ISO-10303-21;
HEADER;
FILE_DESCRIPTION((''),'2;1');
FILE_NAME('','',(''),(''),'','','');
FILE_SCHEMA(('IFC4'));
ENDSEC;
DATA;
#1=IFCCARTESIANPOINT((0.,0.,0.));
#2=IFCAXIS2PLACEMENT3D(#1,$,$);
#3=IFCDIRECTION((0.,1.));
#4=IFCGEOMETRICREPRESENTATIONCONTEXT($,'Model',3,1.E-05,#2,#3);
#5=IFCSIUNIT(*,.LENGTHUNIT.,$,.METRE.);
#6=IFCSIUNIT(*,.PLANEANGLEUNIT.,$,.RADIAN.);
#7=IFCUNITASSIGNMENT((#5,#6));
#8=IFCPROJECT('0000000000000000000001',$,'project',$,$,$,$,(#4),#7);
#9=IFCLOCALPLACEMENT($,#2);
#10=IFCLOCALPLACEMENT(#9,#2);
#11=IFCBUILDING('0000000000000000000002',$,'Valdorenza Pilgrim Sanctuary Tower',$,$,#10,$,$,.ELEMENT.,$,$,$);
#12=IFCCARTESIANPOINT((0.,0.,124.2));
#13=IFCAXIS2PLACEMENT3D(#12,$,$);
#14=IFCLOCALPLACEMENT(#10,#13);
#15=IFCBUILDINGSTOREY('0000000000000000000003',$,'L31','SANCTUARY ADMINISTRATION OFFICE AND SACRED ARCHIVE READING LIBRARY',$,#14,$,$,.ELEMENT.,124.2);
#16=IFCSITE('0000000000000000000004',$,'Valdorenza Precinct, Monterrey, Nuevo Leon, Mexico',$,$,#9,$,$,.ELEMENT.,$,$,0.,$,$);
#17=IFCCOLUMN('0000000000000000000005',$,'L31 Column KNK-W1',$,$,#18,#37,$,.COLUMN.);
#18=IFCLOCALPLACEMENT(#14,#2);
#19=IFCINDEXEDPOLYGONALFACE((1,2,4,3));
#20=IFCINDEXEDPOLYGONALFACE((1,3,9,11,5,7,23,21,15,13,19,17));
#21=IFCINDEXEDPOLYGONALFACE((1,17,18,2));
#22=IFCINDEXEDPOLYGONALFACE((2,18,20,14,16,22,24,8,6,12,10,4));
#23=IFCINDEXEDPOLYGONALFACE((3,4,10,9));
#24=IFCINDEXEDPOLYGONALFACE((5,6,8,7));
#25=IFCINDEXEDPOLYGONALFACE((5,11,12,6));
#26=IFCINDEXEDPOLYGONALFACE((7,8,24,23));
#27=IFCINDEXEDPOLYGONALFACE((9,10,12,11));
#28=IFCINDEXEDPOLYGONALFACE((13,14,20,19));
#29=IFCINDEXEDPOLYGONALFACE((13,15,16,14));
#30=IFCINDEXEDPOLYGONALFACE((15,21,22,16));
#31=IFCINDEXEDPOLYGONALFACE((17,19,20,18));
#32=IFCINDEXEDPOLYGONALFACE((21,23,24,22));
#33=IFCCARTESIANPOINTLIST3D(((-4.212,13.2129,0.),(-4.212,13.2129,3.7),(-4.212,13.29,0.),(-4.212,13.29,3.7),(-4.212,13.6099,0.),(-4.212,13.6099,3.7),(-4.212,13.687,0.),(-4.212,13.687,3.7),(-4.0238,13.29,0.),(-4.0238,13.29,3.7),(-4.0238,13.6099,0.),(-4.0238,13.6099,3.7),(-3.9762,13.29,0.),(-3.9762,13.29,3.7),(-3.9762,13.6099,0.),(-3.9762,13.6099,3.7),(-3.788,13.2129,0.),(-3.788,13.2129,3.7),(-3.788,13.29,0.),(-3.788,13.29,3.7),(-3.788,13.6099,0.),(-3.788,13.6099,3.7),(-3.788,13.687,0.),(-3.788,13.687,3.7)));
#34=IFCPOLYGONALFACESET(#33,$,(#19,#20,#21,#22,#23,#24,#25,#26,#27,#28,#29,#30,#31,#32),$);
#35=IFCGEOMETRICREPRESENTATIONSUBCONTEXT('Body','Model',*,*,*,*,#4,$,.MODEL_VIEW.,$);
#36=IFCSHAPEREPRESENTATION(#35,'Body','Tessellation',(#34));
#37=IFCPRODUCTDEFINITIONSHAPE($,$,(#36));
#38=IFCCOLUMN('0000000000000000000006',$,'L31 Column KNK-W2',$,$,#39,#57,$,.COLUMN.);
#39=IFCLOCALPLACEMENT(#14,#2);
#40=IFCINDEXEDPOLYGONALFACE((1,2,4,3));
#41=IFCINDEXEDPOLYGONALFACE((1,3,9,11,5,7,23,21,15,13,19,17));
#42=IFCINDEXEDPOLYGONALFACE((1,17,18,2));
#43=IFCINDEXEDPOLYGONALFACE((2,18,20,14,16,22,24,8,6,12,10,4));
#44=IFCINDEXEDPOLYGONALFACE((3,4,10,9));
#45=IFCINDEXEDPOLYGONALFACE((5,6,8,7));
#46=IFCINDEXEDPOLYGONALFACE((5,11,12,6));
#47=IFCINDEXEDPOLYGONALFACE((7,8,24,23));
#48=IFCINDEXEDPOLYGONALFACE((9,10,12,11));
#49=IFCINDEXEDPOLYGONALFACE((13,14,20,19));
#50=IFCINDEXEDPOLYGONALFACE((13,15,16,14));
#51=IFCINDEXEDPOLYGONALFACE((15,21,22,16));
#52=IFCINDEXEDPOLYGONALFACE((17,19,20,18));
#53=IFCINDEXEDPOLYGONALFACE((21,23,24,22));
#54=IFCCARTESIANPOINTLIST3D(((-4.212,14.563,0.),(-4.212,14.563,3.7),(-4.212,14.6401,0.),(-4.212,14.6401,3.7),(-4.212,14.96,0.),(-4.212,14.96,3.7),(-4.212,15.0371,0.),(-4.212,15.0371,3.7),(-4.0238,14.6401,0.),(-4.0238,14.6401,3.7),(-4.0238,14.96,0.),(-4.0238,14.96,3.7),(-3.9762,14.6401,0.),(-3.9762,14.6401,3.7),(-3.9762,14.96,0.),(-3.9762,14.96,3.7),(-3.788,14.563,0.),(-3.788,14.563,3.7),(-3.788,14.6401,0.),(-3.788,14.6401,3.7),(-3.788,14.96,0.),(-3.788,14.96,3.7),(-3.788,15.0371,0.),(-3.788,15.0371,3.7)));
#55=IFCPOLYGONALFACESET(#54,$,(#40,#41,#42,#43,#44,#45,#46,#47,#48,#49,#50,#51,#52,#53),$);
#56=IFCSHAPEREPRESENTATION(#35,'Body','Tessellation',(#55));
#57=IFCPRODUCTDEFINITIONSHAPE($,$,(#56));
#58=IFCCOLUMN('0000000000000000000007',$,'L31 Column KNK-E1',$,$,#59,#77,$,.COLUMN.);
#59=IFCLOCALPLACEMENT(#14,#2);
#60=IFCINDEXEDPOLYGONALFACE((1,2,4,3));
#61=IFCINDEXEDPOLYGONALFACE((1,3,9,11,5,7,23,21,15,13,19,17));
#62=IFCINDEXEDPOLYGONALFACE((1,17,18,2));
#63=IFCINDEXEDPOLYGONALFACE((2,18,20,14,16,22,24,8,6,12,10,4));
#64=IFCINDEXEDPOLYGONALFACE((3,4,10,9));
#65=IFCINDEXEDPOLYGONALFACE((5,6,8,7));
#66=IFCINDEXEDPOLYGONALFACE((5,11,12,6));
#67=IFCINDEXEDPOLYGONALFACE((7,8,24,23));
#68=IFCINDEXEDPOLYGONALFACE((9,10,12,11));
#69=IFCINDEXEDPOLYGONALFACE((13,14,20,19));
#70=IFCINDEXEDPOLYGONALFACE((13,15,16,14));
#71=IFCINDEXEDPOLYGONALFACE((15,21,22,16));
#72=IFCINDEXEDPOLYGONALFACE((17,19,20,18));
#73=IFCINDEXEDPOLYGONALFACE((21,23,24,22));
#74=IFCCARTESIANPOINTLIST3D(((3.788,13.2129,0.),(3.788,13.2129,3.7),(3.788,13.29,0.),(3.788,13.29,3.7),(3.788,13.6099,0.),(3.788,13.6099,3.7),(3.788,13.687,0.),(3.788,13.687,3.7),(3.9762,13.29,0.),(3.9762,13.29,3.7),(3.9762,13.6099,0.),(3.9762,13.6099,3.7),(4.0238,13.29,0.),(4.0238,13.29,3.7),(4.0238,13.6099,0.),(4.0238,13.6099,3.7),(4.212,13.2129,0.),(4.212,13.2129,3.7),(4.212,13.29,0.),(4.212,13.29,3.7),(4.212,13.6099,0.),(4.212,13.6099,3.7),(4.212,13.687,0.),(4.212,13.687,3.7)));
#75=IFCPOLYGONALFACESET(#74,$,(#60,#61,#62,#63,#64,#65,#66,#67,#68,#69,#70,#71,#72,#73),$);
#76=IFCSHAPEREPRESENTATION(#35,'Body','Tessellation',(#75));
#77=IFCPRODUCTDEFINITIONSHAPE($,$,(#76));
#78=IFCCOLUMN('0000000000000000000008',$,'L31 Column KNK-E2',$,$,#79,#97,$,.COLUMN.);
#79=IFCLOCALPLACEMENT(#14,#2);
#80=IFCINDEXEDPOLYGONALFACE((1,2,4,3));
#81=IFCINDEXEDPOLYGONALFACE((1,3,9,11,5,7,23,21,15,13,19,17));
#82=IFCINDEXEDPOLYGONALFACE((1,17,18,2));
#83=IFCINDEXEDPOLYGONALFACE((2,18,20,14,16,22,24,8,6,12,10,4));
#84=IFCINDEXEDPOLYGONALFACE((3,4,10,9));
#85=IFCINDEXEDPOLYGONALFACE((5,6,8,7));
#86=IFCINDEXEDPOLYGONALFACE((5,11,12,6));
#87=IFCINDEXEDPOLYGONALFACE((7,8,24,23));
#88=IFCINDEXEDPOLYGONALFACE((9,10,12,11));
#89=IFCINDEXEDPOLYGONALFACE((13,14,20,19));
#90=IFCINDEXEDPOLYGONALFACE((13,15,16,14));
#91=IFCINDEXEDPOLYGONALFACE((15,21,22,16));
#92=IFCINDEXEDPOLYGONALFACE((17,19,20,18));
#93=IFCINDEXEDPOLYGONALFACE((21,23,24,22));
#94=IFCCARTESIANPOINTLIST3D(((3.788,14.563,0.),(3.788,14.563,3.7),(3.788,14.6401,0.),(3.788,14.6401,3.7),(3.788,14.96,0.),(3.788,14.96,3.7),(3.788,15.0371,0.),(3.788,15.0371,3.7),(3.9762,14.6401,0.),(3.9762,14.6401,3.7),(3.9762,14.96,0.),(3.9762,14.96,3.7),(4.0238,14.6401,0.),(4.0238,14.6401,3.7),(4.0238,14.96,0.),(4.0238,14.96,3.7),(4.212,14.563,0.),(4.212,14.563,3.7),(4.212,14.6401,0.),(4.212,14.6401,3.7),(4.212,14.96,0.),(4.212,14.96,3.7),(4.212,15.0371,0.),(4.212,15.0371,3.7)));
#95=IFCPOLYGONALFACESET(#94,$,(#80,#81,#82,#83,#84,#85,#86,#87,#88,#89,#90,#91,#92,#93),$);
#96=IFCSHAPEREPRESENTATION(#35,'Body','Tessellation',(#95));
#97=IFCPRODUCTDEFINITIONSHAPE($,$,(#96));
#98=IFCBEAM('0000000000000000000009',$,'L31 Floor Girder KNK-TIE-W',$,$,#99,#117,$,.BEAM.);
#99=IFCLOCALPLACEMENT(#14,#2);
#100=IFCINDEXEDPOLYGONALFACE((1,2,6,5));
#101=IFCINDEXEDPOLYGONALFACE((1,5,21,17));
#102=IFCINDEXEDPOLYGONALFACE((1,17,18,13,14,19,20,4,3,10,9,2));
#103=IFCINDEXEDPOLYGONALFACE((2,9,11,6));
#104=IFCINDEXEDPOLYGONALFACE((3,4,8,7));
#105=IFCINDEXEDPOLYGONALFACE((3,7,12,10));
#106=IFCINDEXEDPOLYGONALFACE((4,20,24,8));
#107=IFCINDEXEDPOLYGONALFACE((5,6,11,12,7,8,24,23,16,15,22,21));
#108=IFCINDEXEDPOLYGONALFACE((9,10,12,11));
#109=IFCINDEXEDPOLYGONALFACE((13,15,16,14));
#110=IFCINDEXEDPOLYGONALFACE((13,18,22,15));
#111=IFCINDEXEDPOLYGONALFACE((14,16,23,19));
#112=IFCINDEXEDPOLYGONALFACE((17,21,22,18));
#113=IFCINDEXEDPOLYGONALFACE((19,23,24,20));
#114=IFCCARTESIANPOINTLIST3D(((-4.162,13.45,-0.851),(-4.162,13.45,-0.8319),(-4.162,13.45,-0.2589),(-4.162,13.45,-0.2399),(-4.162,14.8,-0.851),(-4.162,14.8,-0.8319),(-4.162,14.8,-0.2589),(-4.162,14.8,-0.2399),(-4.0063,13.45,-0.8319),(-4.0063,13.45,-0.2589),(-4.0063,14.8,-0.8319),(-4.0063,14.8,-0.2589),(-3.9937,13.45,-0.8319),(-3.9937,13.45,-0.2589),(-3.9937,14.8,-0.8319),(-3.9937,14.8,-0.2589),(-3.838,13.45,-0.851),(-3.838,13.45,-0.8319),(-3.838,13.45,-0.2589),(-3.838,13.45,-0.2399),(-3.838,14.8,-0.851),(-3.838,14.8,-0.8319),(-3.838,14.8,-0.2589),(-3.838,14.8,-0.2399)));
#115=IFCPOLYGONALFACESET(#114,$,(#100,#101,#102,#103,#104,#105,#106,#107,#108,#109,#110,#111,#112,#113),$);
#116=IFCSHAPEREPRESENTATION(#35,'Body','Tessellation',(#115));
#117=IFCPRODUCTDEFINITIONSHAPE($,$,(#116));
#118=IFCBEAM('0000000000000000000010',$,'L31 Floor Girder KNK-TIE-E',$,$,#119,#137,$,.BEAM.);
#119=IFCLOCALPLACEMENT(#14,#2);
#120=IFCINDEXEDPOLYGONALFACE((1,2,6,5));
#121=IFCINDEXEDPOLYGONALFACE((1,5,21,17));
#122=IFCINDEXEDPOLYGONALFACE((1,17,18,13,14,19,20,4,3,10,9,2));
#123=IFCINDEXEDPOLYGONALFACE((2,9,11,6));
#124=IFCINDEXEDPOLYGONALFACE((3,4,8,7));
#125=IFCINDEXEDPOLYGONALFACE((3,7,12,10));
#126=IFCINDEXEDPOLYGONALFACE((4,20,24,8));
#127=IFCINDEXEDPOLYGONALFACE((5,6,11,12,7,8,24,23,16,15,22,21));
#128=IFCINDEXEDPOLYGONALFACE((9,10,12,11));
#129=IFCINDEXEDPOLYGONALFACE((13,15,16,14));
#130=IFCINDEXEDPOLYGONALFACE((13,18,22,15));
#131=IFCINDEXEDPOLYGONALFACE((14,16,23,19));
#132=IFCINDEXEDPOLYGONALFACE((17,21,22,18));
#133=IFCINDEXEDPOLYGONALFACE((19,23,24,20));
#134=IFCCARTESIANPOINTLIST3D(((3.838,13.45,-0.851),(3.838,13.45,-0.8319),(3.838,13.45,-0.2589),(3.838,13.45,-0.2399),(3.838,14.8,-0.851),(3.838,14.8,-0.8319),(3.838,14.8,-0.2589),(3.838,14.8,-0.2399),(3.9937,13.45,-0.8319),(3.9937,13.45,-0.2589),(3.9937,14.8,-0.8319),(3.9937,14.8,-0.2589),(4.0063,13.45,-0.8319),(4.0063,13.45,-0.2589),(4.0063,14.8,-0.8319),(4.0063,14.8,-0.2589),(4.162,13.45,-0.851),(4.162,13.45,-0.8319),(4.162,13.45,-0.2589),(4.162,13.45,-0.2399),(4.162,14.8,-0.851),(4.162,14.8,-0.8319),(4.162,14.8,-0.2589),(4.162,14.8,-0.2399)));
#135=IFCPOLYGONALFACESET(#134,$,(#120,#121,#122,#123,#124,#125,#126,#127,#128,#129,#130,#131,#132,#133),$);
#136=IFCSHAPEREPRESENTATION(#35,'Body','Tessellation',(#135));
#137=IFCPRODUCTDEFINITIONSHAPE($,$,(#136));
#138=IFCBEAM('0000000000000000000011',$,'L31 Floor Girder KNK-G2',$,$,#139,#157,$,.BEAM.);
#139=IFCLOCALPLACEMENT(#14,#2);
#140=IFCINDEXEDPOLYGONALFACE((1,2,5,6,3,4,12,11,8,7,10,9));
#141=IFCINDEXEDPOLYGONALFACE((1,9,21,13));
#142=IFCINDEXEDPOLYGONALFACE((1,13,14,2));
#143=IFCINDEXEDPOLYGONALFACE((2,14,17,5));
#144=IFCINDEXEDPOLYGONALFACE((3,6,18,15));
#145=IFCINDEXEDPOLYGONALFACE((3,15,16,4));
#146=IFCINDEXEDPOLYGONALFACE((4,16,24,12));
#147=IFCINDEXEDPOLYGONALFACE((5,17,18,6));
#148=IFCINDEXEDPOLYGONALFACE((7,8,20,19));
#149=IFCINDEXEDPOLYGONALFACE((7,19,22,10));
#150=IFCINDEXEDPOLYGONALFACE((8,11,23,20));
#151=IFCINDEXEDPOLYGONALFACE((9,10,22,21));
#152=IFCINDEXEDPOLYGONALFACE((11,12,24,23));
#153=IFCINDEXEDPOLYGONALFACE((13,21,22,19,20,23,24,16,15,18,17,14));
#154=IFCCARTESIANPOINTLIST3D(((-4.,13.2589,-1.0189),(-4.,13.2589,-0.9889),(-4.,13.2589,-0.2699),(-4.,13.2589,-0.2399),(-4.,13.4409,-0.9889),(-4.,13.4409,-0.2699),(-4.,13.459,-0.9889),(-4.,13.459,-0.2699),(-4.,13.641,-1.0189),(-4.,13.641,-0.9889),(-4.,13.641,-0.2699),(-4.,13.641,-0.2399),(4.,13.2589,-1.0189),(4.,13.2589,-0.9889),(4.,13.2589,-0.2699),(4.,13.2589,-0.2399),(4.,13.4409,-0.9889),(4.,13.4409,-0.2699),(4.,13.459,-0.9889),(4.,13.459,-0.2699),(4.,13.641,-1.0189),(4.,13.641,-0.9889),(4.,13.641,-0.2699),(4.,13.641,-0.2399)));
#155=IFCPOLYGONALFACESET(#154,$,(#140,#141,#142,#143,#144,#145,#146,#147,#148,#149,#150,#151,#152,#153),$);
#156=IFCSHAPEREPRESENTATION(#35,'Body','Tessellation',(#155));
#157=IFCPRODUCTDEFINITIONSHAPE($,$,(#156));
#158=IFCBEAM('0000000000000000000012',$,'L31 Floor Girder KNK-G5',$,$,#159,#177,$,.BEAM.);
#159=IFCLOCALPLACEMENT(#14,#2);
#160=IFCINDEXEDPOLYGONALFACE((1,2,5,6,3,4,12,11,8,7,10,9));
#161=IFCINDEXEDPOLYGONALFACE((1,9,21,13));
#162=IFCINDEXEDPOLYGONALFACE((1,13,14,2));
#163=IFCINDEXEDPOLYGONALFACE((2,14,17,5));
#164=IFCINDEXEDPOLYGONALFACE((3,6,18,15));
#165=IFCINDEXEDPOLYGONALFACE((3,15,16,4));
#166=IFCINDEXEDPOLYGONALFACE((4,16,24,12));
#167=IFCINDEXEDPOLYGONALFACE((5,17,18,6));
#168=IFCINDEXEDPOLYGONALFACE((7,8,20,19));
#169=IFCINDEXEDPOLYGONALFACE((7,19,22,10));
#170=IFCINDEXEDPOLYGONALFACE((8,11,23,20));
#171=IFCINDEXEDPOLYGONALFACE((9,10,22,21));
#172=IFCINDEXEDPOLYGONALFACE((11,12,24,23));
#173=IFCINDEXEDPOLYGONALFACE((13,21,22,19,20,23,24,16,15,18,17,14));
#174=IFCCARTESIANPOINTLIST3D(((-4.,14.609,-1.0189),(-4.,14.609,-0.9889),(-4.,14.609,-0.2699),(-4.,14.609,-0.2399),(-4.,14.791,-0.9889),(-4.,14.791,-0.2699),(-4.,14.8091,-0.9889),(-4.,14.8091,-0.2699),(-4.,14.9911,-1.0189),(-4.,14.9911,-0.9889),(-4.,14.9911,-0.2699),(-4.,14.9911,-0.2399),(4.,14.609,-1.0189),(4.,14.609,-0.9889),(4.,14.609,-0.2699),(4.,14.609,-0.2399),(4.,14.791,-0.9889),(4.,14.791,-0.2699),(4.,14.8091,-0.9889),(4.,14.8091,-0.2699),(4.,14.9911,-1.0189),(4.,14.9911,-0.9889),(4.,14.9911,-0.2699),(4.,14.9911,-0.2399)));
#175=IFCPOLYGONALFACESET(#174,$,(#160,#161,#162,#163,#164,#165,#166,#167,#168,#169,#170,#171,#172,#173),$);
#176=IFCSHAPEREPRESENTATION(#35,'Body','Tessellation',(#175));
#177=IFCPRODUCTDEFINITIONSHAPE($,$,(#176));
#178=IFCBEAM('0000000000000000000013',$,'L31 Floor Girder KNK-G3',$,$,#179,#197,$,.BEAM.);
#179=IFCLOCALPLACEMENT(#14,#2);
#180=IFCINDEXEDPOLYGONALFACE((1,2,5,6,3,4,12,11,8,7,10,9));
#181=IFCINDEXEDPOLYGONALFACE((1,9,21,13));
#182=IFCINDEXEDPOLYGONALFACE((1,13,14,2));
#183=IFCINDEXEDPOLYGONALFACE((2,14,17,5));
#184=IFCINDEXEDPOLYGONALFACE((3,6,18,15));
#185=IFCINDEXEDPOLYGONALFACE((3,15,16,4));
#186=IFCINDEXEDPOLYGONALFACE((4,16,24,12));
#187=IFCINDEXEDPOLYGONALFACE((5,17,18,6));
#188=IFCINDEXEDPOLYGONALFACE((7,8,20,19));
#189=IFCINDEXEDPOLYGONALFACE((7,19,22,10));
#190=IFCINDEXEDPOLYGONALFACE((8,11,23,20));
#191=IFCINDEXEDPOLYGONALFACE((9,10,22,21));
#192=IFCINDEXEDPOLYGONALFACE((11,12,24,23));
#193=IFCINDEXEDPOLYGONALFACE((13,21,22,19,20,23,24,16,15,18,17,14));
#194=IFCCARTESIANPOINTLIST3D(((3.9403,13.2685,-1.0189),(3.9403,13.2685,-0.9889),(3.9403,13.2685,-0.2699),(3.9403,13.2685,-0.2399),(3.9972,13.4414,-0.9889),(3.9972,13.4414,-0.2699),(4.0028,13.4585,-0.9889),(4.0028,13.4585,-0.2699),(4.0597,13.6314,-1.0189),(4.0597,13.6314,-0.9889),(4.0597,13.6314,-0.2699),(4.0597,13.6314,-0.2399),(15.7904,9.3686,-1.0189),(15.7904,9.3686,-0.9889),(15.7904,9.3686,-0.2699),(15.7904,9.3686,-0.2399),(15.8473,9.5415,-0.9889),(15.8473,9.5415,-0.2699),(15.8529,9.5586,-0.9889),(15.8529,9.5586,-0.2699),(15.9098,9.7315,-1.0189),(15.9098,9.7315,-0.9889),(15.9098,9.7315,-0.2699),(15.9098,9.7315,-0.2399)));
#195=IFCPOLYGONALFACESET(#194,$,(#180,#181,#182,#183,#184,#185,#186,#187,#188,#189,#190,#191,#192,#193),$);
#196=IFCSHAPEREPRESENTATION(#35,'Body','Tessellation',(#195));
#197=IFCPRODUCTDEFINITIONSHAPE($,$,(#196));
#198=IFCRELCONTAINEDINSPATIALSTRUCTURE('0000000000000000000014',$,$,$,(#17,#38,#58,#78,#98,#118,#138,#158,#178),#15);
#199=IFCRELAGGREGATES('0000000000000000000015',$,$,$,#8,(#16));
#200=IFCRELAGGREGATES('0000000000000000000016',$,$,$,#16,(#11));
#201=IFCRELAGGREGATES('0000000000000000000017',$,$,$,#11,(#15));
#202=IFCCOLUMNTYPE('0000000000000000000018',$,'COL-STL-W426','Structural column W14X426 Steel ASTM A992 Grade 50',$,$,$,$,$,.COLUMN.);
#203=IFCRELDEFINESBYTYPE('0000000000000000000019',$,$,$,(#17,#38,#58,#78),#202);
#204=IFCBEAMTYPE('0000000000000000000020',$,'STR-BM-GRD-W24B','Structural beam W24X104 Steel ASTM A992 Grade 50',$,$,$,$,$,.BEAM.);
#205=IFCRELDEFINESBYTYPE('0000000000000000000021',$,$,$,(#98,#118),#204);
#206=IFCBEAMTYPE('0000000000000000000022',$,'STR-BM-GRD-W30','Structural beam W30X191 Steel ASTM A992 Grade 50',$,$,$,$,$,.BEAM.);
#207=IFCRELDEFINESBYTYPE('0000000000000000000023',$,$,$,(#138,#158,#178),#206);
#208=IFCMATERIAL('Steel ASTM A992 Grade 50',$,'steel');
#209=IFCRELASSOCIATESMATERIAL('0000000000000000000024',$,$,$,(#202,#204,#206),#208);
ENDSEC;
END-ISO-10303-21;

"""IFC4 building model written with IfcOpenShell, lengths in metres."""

from ifc_helpers import new_model, si_unit, direction, frame, origin, origin_2d, place, context, subcontext, project, spatial, i_section, extrude, source, transform, mapped, material, material_profile, profile_set, type_object, element, save


model = new_model("IFC4")

# Units and contexts
model_context = context("Model", 3, precision=1e-05, world=origin(), true_north=direction((0.0, 1.0)))
body_context = subcontext(model_context, "Body", "Model", "MODEL_VIEW")
ifc_project = project(units=[si_unit("LENGTHUNIT", "METRE"), si_unit("PLANEANGLEUNIT", "RADIAN")], contexts=[model_context])

# Site, building, storey
site_placement = place(None, origin())
site = spatial("IfcSite", under=ifc_project, at=site_placement, Name="Valdorenza Precinct, Monterrey, Nuevo Leon, Mexico", CompositionType="ELEMENT", RefElevation=0.0)
building_placement = place(site_placement, origin())
building = spatial("IfcBuilding", under=site, at=building_placement, Name="Valdorenza Pilgrim Sanctuary Tower", CompositionType="ELEMENT")
storey_placement = place(building_placement, frame((0.0, 0.0, 124.2)))
storey = spatial("IfcBuildingStorey", under=building, at=storey_placement, Name="L31", Description="SANCTUARY ADMINISTRATION OFFICE AND SACRED ARCHIVE READING LIBRARY", CompositionType="ELEMENT", Elevation=124.2)

# Columns
ifc_material_1 = material(Name="Steel ASTM A992 Grade 50", Category="steel")
ifc_material_profile_1 = material_profile(ifc_material_1, i_section(OverallWidth=0.4241, OverallDepth=0.4741, WebThickness=0.0476, FlangeThickness=0.0771, at=origin_2d()), Name="W14X426")
ifc_profile_set_1 = profile_set([ifc_material_profile_1], Name="Steel ASTM A992 Grade 50")
column_type = type_object("IfcColumnType", Name="COL-STL-W426", Description="Structural column W14X426 Steel ASTM A992 Grade 50", PredefinedType="COLUMN", material=ifc_profile_set_1)
shared_shape_1 = source(origin(), body_context, "Body", "SweptSolid", [
    extrude(i_section(OverallWidth=0.4241, OverallDepth=0.4741, WebThickness=0.0476, FlangeThickness=0.0771, at=origin_2d()), origin(), (0.0, 0.0, 1.0), 3.7),
])
for number, where, z_axis, x_axis, name in (
    (1, (-4.0, 13.45, 0.0), (0.0, 0.0, 1.0), (1.0, 0.0, 0.0), "L31 Column KNK-W1"),
    (2, (-4.0, 14.8, 0.0), (0.0, 0.0, 1.0), (1.0, 0.0, 0.0), "L31 Column KNK-W2"),
    (3, (4.0, 13.45, 0.0), (0.0, 0.0, 1.0), (1.0, 0.0, 0.0), "L31 Column KNK-E1"),
    (4, (4.0, 14.8, 0.0), (0.0, 0.0, 1.0), (1.0, 0.0, 0.0), "L31 Column KNK-E2"),
):
    element("IfcColumn", number, at=place(storey_placement, frame(where, z_axis=z_axis, x_axis=x_axis)), inside=storey, type_object=column_type, Name=name, PredefinedType="COLUMN", context=body_context, shape_type="MappedRepresentation", body=[
        mapped(shared_shape_1, transform((0.0, 0.0, 0.0), x_axis=(1.0, 0.0, 0.0), y_axis=(0.0, 1.0, 0.0), z_axis=(0.0, 0.0, 1.0), scale=1.0)),
    ])

# Beams
ifc_material_profile_2 = material_profile(ifc_material_1, i_section(OverallWidth=0.324, OverallDepth=0.6111, WebThickness=0.0127, FlangeThickness=0.019, at=origin_2d()), Name="W24X104")
ifc_profile_set_2 = profile_set([ifc_material_profile_2], Name="Steel ASTM A992 Grade 50")
beam_type_1 = type_object("IfcBeamType", Name="STR-BM-GRD-W24B", Description="Structural beam W24X104 Steel ASTM A992 Grade 50", PredefinedType="BEAM", material=ifc_profile_set_2)
shared_shape_2 = source(origin(), body_context, "Body", "SweptSolid", [
    extrude(i_section(OverallWidth=0.324, OverallDepth=0.6111, WebThickness=0.0127, FlangeThickness=0.019, at=origin_2d()), origin(), (0.0, 0.0, 1.0), 1.3501),
])
for number, where, z_axis, x_axis, name in (
    (5, (-4.0, 13.45, -0.5454), (0.0, 1.0, 0.0), (-1.0, 0.0, 0.0), "L31 Floor Girder KNK-TIE-W"),
    (6, (4.0, 13.45, -0.5454), (0.0, 1.0, 0.0), (-1.0, 0.0, 0.0), "L31 Floor Girder KNK-TIE-E"),
):
    element("IfcBeam", number, at=place(storey_placement, frame(where, z_axis=z_axis, x_axis=x_axis)), inside=storey, type_object=beam_type_1, Name=name, PredefinedType="BEAM", context=body_context, shape_type="MappedRepresentation", body=[
        mapped(shared_shape_2, transform((0.0, 0.0, 0.0), x_axis=(1.0, 0.0, 0.0), y_axis=(0.0, 1.0, 0.0), z_axis=(0.0, 0.0, 1.0), scale=1.0)),
    ])
ifc_material_profile_3 = material_profile(ifc_material_1, i_section(OverallWidth=0.3821, OverallDepth=0.7791, WebThickness=0.0181, FlangeThickness=0.03, at=origin_2d()), Name="W30X191")
ifc_profile_set_3 = profile_set([ifc_material_profile_3], Name="Steel ASTM A992 Grade 50")
beam_type_2 = type_object("IfcBeamType", Name="STR-BM-GRD-W30", Description="Structural beam W30X191 Steel ASTM A992 Grade 50", PredefinedType="BEAM", material=ifc_profile_set_3)
shared_shape_3 = source(origin(), body_context, "Body", "SweptSolid", [
    extrude(i_section(OverallWidth=0.3821, OverallDepth=0.7791, WebThickness=0.0181, FlangeThickness=0.03, at=origin_2d()), origin(), (0.0, 0.0, 1.0), 8.0),
])
for number, where, z_axis, x_axis, name in (
    (7, (-4.0, 13.45, -0.6294), (1.0, 0.0, 0.0), (0.0, 1.0, 0.0), "L31 Floor Girder KNK-G2"),
    (8, (-4.0, 14.8, -0.6294), (1.0, 0.0, 0.0), (0.0, 1.0, 0.0), "L31 Floor Girder KNK-G5"),
):
    element("IfcBeam", number, at=place(storey_placement, frame(where, z_axis=z_axis, x_axis=x_axis)), inside=storey, type_object=beam_type_2, Name=name, PredefinedType="BEAM", context=body_context, shape_type="MappedRepresentation", body=[
        mapped(shared_shape_3, transform((0.0, 0.0, 0.0), x_axis=(1.0, 0.0, 0.0), y_axis=(0.0, 1.0, 0.0), z_axis=(0.0, 0.0, 1.0), scale=1.0)),
    ])
shared_shape_4 = source(origin(), body_context, "Body", "SweptSolid", [
    extrude(i_section(OverallWidth=0.3821, OverallDepth=0.7791, WebThickness=0.0181, FlangeThickness=0.03, at=origin_2d()), origin(), (0.0, 0.0, 1.0), 12.4753),
])
beam_1_placement = place(storey_placement, frame((4.0, 13.45, -0.6294), z_axis=(0.949882, -0.312609, 0.0), x_axis=(0.312609, 0.949882, 0.0)))
element("IfcBeam", 9, at=beam_1_placement, inside=storey, type_object=beam_type_2, Name="L31 Floor Girder KNK-G3", PredefinedType="BEAM", context=body_context, shape_type="MappedRepresentation", body=[
    mapped(shared_shape_4, transform((0.0, 0.0, 0.0), x_axis=(1.0, 0.0, 0.0), y_axis=(0.0, 1.0, 0.0), z_axis=(0.0, 0.0, 1.0), scale=1.0)),
])

save(model, "model.ifc")
